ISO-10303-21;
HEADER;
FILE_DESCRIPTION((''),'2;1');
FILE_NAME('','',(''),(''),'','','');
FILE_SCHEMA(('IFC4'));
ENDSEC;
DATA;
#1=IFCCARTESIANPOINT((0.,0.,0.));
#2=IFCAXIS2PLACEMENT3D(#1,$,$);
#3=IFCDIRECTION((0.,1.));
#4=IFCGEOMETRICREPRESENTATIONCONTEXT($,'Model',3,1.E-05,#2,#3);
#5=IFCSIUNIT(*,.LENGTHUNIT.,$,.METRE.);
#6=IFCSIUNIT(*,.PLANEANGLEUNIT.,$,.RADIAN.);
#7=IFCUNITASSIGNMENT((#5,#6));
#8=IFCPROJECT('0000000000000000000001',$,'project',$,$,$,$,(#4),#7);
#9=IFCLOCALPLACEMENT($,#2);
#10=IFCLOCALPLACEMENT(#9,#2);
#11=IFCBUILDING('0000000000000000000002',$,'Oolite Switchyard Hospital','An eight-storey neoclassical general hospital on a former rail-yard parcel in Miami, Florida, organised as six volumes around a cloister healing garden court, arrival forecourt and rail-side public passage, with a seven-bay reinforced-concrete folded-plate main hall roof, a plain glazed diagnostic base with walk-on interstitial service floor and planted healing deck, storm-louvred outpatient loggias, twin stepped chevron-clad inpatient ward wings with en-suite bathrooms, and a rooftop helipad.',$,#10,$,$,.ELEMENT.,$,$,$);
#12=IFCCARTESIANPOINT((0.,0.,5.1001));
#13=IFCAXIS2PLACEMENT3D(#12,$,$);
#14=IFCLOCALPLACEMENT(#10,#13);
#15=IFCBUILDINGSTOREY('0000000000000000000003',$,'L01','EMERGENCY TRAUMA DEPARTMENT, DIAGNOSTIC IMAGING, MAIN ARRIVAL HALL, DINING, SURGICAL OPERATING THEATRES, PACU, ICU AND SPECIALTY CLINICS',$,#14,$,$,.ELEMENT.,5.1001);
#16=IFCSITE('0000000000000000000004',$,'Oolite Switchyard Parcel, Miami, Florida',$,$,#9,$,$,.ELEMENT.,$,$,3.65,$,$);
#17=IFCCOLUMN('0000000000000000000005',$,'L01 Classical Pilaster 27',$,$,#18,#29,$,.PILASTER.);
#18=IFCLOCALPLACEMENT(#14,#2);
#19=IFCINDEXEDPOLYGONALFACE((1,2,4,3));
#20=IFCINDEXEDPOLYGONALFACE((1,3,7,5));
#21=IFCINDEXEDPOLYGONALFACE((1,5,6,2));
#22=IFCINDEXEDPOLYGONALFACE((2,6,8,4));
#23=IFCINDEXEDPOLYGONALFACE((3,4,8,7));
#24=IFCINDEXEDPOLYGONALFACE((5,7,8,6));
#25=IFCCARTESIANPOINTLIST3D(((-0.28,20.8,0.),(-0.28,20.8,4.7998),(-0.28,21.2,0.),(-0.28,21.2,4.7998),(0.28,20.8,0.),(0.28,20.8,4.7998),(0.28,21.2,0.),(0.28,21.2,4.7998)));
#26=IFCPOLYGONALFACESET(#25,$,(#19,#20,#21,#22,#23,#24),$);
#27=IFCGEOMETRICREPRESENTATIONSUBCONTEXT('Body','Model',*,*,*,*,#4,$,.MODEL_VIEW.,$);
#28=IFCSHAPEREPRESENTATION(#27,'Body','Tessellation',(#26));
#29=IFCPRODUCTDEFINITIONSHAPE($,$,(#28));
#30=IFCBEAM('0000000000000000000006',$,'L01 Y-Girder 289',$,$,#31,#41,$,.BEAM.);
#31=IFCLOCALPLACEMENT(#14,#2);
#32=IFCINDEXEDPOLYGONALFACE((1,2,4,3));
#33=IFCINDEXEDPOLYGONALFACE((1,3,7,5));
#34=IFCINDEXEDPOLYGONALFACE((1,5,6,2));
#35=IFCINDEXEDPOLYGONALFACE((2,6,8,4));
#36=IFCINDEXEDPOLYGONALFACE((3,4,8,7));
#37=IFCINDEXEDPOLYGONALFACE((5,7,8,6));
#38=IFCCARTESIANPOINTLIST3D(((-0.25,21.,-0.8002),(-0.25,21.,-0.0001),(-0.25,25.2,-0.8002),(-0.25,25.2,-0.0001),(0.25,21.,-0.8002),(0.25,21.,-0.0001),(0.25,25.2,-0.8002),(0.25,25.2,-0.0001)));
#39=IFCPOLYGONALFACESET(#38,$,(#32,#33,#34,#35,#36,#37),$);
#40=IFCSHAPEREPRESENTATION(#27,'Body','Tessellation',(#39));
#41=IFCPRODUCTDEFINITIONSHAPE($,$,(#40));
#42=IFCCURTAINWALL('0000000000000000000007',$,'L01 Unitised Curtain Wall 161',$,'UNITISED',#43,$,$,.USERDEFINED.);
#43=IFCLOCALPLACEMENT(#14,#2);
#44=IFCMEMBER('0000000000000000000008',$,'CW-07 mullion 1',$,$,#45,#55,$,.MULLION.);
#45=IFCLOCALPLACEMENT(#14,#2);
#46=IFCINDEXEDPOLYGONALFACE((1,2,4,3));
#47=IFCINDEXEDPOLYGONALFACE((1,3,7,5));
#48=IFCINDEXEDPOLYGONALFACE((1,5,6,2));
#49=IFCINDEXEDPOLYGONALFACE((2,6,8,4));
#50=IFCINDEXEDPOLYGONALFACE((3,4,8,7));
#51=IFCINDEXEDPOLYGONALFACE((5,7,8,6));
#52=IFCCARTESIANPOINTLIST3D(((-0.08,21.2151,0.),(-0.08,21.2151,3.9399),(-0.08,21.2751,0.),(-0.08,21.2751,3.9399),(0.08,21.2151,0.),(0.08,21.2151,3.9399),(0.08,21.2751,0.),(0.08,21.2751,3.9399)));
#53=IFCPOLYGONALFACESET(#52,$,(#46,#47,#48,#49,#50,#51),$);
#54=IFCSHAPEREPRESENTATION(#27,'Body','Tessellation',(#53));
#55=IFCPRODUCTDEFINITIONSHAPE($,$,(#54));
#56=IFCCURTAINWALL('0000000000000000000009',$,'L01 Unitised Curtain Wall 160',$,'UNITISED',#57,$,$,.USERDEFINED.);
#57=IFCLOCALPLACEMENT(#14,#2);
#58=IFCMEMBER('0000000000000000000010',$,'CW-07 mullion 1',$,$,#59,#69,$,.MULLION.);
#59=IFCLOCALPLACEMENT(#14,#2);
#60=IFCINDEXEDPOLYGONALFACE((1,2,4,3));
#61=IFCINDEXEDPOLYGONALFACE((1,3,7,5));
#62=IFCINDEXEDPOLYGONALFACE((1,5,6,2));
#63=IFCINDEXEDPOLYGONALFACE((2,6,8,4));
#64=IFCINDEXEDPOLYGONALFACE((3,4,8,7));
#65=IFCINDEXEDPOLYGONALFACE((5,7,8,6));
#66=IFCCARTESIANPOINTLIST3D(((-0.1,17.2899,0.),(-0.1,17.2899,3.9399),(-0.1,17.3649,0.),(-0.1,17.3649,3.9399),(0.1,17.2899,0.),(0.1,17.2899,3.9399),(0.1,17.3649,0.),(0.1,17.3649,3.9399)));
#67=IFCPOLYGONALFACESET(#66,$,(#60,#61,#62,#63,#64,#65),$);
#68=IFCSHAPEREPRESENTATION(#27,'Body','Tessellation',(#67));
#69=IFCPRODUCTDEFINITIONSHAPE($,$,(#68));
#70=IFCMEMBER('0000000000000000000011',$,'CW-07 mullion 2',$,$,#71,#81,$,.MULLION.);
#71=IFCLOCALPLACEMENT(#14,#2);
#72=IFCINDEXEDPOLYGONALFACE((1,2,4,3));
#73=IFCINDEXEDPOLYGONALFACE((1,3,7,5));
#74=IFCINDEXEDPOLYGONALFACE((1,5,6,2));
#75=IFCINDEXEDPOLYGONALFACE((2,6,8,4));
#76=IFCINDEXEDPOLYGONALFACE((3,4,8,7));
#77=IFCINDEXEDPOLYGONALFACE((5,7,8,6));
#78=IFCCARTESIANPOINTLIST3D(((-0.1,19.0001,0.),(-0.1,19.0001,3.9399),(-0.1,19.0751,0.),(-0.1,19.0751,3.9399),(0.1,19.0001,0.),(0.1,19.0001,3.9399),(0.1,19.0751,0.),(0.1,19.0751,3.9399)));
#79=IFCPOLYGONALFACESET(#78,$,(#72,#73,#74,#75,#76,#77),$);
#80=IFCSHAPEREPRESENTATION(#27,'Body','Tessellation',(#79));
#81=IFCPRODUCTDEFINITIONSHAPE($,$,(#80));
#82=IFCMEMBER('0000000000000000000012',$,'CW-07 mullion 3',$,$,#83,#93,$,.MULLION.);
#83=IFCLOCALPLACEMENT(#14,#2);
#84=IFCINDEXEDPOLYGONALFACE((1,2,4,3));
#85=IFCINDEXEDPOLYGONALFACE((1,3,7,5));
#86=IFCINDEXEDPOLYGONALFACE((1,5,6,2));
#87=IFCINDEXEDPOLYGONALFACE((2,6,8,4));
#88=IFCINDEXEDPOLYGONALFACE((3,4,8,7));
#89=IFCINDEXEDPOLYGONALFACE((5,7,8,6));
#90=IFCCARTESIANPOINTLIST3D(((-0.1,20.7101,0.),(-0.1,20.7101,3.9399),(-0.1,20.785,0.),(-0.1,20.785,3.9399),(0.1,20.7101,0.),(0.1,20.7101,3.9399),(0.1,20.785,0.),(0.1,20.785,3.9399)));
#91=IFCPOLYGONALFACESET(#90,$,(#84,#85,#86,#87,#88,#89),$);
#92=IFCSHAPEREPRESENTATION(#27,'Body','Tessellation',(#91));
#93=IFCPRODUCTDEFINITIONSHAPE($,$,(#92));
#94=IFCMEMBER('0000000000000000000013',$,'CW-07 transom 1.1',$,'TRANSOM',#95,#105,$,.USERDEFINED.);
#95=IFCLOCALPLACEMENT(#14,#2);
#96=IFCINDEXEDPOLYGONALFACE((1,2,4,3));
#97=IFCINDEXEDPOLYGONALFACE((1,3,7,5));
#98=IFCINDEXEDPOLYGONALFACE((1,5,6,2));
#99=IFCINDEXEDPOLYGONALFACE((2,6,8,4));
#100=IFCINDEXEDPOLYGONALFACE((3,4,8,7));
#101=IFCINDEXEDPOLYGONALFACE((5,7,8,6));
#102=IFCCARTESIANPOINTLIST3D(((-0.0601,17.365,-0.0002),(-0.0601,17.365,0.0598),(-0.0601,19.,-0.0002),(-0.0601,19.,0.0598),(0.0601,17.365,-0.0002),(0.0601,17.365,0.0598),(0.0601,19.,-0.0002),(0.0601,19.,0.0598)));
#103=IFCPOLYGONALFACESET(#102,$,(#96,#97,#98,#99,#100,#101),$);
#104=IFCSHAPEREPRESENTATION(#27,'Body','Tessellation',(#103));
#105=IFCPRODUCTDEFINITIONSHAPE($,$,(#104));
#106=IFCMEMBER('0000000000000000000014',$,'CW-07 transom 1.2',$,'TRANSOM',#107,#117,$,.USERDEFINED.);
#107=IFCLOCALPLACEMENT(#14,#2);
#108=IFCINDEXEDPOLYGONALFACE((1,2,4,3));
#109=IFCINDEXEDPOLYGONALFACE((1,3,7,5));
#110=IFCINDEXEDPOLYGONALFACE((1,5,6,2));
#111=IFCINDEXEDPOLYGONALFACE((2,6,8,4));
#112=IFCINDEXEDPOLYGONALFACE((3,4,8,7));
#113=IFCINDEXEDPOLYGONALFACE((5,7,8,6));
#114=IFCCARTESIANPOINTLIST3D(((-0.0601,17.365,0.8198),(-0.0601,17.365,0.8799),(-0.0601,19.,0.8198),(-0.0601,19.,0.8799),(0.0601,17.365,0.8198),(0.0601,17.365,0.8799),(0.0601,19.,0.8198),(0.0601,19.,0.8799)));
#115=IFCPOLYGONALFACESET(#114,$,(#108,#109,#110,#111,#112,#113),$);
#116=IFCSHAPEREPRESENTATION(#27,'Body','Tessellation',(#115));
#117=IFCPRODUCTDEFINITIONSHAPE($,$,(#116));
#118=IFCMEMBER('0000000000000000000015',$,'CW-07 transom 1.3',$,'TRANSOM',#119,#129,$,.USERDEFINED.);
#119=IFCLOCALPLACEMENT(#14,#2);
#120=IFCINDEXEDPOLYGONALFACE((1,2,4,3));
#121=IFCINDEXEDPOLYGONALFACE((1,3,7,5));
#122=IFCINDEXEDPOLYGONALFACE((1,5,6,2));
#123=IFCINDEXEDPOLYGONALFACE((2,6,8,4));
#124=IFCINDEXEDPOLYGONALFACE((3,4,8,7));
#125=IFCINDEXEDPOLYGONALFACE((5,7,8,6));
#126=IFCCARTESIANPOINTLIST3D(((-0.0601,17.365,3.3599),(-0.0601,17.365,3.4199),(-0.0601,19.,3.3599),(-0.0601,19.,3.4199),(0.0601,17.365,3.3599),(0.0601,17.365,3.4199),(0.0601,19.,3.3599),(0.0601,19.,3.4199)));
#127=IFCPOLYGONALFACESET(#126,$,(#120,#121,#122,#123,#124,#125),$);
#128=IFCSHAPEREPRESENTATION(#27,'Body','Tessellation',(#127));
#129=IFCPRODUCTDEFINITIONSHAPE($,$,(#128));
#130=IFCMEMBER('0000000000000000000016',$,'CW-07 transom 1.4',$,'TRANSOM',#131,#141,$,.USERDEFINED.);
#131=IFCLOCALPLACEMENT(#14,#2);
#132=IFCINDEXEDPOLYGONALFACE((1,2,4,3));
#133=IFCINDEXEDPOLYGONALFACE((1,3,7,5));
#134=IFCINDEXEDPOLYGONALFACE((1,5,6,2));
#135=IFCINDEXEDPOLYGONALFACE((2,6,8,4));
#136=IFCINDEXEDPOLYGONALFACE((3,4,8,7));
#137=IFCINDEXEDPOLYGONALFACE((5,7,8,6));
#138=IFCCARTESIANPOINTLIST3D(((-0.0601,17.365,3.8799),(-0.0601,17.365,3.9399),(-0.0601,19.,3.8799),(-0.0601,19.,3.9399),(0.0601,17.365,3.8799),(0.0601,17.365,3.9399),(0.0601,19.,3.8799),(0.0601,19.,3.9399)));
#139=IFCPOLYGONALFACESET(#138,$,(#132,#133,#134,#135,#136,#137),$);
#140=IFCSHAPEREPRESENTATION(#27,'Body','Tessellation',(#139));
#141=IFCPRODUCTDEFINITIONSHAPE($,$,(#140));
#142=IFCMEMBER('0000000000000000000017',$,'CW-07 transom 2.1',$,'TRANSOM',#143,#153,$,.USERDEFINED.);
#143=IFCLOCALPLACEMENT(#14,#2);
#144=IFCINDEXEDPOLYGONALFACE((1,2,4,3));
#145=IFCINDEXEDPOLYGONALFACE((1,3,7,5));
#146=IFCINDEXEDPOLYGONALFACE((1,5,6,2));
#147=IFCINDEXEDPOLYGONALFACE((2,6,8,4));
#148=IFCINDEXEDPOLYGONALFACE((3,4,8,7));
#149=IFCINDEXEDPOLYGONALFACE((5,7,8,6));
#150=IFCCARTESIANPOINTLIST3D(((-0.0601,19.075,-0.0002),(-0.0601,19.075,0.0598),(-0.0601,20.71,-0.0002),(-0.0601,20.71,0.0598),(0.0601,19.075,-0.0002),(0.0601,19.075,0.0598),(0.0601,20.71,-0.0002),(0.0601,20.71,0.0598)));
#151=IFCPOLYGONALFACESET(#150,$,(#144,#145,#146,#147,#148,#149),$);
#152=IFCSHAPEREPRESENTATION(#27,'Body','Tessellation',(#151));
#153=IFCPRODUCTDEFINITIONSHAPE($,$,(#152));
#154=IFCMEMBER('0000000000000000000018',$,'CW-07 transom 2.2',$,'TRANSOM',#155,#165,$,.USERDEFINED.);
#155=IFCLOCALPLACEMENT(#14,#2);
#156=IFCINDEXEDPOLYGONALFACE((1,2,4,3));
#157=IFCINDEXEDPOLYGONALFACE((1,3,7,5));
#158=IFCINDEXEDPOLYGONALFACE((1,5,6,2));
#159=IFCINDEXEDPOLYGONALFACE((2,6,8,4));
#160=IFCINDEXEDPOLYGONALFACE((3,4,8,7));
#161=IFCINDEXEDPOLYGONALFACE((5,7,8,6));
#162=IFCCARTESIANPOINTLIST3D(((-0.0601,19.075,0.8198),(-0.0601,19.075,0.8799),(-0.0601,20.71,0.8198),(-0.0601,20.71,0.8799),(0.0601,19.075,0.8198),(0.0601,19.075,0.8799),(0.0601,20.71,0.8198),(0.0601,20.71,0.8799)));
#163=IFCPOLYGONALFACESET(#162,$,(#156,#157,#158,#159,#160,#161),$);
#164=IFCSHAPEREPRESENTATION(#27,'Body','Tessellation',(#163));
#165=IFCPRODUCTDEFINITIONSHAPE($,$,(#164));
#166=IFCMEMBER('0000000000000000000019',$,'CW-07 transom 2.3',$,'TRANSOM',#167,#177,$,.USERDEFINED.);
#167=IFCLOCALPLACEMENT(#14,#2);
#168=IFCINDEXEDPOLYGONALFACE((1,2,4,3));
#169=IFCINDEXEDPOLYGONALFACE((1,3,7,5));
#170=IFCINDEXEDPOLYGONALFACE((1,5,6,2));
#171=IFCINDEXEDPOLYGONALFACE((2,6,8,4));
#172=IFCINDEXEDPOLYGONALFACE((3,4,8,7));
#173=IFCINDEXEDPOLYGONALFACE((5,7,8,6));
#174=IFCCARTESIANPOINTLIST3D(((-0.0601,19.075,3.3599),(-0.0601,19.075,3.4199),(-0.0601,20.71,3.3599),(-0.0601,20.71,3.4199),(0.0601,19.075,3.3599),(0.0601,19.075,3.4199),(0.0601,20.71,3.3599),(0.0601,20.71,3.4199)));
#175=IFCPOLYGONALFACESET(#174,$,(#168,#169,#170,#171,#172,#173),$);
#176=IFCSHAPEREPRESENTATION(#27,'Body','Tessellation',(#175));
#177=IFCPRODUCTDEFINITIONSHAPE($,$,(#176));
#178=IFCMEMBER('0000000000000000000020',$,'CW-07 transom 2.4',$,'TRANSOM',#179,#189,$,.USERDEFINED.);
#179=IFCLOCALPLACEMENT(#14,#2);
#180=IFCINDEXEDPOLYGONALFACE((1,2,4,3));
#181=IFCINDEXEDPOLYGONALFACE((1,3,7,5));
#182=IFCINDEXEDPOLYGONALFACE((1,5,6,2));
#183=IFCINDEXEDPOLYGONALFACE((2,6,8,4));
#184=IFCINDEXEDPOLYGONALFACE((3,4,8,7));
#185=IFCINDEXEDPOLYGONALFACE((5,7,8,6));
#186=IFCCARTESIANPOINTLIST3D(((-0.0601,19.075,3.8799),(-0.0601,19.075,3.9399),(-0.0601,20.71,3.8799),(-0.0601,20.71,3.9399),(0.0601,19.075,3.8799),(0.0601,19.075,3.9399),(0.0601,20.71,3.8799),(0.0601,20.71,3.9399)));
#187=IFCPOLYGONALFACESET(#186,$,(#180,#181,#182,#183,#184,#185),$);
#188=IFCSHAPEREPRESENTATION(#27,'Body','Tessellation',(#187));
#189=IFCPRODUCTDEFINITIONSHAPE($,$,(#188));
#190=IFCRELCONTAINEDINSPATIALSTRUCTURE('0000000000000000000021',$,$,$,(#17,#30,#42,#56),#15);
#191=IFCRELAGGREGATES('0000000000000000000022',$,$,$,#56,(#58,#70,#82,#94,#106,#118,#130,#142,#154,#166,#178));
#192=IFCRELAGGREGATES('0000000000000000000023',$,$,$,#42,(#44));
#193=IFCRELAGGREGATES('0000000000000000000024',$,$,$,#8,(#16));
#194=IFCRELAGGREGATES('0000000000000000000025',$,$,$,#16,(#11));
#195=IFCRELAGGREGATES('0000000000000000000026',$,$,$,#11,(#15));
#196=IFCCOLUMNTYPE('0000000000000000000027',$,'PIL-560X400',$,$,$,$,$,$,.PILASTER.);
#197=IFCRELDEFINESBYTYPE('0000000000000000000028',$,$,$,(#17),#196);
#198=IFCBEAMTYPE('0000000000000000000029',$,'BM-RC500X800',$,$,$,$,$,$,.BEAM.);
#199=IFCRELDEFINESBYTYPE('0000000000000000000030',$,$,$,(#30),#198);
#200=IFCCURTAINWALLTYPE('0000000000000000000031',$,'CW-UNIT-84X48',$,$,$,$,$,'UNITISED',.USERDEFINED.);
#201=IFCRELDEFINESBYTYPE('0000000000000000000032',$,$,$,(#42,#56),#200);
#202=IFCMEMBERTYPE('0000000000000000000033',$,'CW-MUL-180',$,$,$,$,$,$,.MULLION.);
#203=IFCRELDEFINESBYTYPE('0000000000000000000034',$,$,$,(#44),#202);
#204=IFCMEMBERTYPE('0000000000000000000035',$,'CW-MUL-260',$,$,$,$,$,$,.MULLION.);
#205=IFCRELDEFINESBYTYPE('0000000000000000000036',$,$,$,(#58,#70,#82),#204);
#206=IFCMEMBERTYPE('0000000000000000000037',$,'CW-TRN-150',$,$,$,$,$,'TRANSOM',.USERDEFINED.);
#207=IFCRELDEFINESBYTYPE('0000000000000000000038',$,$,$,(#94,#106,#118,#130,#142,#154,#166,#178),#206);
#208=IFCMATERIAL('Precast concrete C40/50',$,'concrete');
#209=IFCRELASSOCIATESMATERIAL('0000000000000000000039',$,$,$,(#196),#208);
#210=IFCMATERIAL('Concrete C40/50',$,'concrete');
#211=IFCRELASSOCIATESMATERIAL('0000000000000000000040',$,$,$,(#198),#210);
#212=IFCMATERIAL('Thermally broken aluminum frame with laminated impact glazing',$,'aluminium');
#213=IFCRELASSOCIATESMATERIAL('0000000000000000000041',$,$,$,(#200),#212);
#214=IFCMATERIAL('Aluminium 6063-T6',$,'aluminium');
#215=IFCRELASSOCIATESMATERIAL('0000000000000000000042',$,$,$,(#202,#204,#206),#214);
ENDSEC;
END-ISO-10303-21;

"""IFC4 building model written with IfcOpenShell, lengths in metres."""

from ifc_helpers import new_model, si_unit, direction, frame, origin, origin_2d, place, context, subcontext, project, spatial, rectangle, extrude, material, material_profile, profile_set, type_object, element, aggregate, save


model = new_model("IFC4")

# Units and contexts
model_context = context("Model", 3, precision=1e-05, world=origin(), true_north=direction((0.0, 1.0)))
body_context = subcontext(model_context, "Body", "Model", "MODEL_VIEW")
ifc_project = project(units=[si_unit("LENGTHUNIT", "METRE"), si_unit("PLANEANGLEUNIT", "RADIAN")], contexts=[model_context])

# Site, building, storey
site_placement = place(None, origin())
site = spatial("IfcSite", under=ifc_project, at=site_placement, Name="Oolite Switchyard Parcel, Miami, Florida", CompositionType="ELEMENT", RefElevation=3.65)
building_placement = place(site_placement, origin())
building = spatial("IfcBuilding", under=site, at=building_placement, Name="Oolite Switchyard Hospital", Description="An eight-storey neoclassical general hospital on a former rail-yard parcel in Miami, Florida, organised as six volumes around a cloister healing garden court, arrival forecourt and rail-side public passage, with a seven-bay reinforced-concrete folded-plate main hall roof, a plain glazed diagnostic base with walk-on interstitial service floor and planted healing deck, storm-louvred outpatient loggias, twin stepped chevron-clad inpatient ward wings with en-suite bathrooms, and a rooftop helipad.", CompositionType="ELEMENT")
storey_placement = place(building_placement, frame((0.0, 0.0, 5.1001)))
storey = spatial("IfcBuildingStorey", under=building, at=storey_placement, Name="L01", Description="EMERGENCY TRAUMA DEPARTMENT, DIAGNOSTIC IMAGING, MAIN ARRIVAL HALL, DINING, SURGICAL OPERATING THEATRES, PACU, ICU AND SPECIALTY CLINICS", CompositionType="ELEMENT", Elevation=5.1001)

# Column
ifc_material_1 = material(Name="Precast concrete C40/50", Category="concrete")
ifc_material_profile_1 = material_profile(ifc_material_1, rectangle(XDim=0.5601, YDim=0.3999, at=origin_2d()), Name="PIL560X400")
ifc_profile_set_1 = profile_set([ifc_material_profile_1], Name="Precast concrete C40/50")
column_type = type_object("IfcColumnType", Name="PIL-560X400", PredefinedType="PILASTER", material=ifc_profile_set_1)
column_placement = place(storey_placement, frame((0.0, 21.0, 0.0), z_axis=(0.0, 0.0, 1.0), x_axis=(1.0, 0.0, 0.0)))
element("IfcColumn", 1, at=column_placement, inside=storey, type_object=column_type, Name="L01 Classical Pilaster 27", PredefinedType="PILASTER", context=body_context, shape_type="SweptSolid", body=[
    extrude(rectangle(XDim=0.5601, YDim=0.3999, at=origin_2d()), origin(), (0.0, 0.0, 1.0), 4.7998),
])

# Beam
ifc_material_2 = material(Name="Concrete C40/50", Category="concrete")
ifc_material_profile_2 = material_profile(ifc_material_2, rectangle(XDim=0.5, YDim=0.8, at=origin_2d()), Name="RCB500X800")
ifc_profile_set_2 = profile_set([ifc_material_profile_2], Name="Concrete C40/50")
beam_type = type_object("IfcBeamType", Name="BM-RC500X800", PredefinedType="BEAM", material=ifc_profile_set_2)
beam_placement = place(storey_placement, frame((0.0, 21.0, -0.4001), z_axis=(0.0, 1.0, 0.0), x_axis=(-1.0, 0.0, 0.0)))
element("IfcBeam", 2, at=beam_placement, inside=storey, type_object=beam_type, Name="L01 Y-Girder 289", PredefinedType="BEAM", context=body_context, shape_type="SweptSolid", body=[
    extrude(rectangle(XDim=0.5, YDim=0.8, at=origin_2d()), origin(), (0.0, 0.0, 1.0), 4.2),
])

# Curtain wall, member
ifc_material_3 = material(Name="Thermally broken aluminum frame with laminated impact glazing", Category="aluminium")
curtain_wall_type = type_object("IfcCurtainWallType", Name="CW-UNIT-84X48", ElementType="UNITISED", PredefinedType="USERDEFINED", material=ifc_material_3)
curtain_wall_1_placement = place(storey_placement, origin())
curtain_wall_1 = element("IfcCurtainWall", 3, at=curtain_wall_1_placement, inside=storey, type_object=curtain_wall_type, Name="L01 Unitised Curtain Wall 161", ObjectType="UNITISED", PredefinedType="USERDEFINED")
ifc_material_4 = material(Name="Aluminium 6063-T6", Category="aluminium")
ifc_material_profile_3 = material_profile(ifc_material_4, rectangle(XDim=0.1599, YDim=0.0601, at=origin_2d()), Name="CWM60X160")
ifc_profile_set_3 = profile_set([ifc_material_profile_3], Name="Aluminium 6063-T6")
member_type_1 = type_object("IfcMemberType", Name="CW-MUL-180", PredefinedType="MULLION", material=ifc_profile_set_3)
member_1_placement = place(storey_placement, frame((0.0, 21.2451, 0.0), z_axis=(0.0, 0.0, 1.0), x_axis=(-1.0, 0.0, 0.0)))
member_1 = element("IfcMember", 4, at=member_1_placement, type_object=member_type_1, Name="CW-07 mullion 1", PredefinedType="MULLION", context=body_context, shape_type="SweptSolid", body=[
    extrude(rectangle(XDim=0.1599, YDim=0.0601, at=origin_2d()), origin(), (0.0, 0.0, 1.0), 3.9399),
])

# Curtain wall, members
curtain_wall_2_placement = place(storey_placement, origin())
curtain_wall_2 = element("IfcCurtainWall", 5, at=curtain_wall_2_placement, inside=storey, type_object=curtain_wall_type, Name="L01 Unitised Curtain Wall 160", ObjectType="UNITISED", PredefinedType="USERDEFINED")
ifc_material_profile_4 = material_profile(ifc_material_4, rectangle(XDim=0.2, YDim=0.075, at=origin_2d()), Name="CWM75X200")
ifc_profile_set_4 = profile_set([ifc_material_profile_4], Name="Aluminium 6063-T6")
member_type_2 = type_object("IfcMemberType", Name="CW-MUL-260", PredefinedType="MULLION", material=ifc_profile_set_4)
member_2_placement = place(storey_placement, frame((0.0, 17.3274, 0.0), z_axis=(0.0, 0.0, 1.0), x_axis=(-1.0, 0.0, 0.0)))
member_2 = element("IfcMember", 6, at=member_2_placement, type_object=member_type_2, Name="CW-07 mullion 1", PredefinedType="MULLION", context=body_context, shape_type="SweptSolid", body=[
    extrude(rectangle(XDim=0.2, YDim=0.075, at=origin_2d()), origin(), (0.0, 0.0, 1.0), 3.9399),
])
member_3_placement = place(storey_placement, frame((0.0, 19.0376, 0.0), z_axis=(0.0, 0.0, 1.0), x_axis=(-1.0, 0.0, 0.0)))
member_3 = element("IfcMember", 7, at=member_3_placement, type_object=member_type_2, Name="CW-07 mullion 2", PredefinedType="MULLION", context=body_context, shape_type="SweptSolid", body=[
    extrude(rectangle(XDim=0.2, YDim=0.075, at=origin_2d()), origin(), (0.0, 0.0, 1.0), 3.9399),
])
member_4_placement = place(storey_placement, frame((0.0, 20.7476, 0.0), z_axis=(0.0, 0.0, 1.0), x_axis=(-1.0, 0.0, 0.0)))
member_4 = element("IfcMember", 8, at=member_4_placement, type_object=member_type_2, Name="CW-07 mullion 3", PredefinedType="MULLION", context=body_context, shape_type="SweptSolid", body=[
    extrude(rectangle(XDim=0.2, YDim=0.075, at=origin_2d()), origin(), (0.0, 0.0, 1.0), 3.9399),
])
ifc_material_profile_5 = material_profile(ifc_material_4, rectangle(XDim=0.1201, YDim=0.0601, at=origin_2d()), Name="CWT60X120")
ifc_profile_set_5 = profile_set([ifc_material_profile_5], Name="Aluminium 6063-T6")
member_type_3 = type_object("IfcMemberType", Name="CW-TRN-150", ElementType="TRANSOM", PredefinedType="USERDEFINED", material=ifc_profile_set_5)
member_5_placement = place(storey_placement, frame((0.0, 17.365, 0.0298), z_axis=(0.0, 1.0, 0.0), x_axis=(-1.0, 0.0, 0.0)))
member_5 = element("IfcMember", 9, at=member_5_placement, type_object=member_type_3, Name="CW-07 transom 1.1", ObjectType="TRANSOM", PredefinedType="USERDEFINED", context=body_context, shape_type="SweptSolid", body=[
    extrude(rectangle(XDim=0.1201, YDim=0.0601, at=origin_2d()), origin(), (0.0, 0.0, 1.0), 1.635),
])
member_6_placement = place(storey_placement, frame((0.0, 17.365, 0.8499), z_axis=(0.0, 1.0, 0.0), x_axis=(-1.0, 0.0, 0.0)))
member_6 = element("IfcMember", 10, at=member_6_placement, type_object=member_type_3, Name="CW-07 transom 1.2", ObjectType="TRANSOM", PredefinedType="USERDEFINED", context=body_context, shape_type="SweptSolid", body=[
    extrude(rectangle(XDim=0.1201, YDim=0.0601, at=origin_2d()), origin(), (0.0, 0.0, 1.0), 1.635),
])
member_7_placement = place(storey_placement, frame((0.0, 17.365, 3.3899), z_axis=(0.0, 1.0, 0.0), x_axis=(-1.0, 0.0, 0.0)))
member_7 = element("IfcMember", 11, at=member_7_placement, type_object=member_type_3, Name="CW-07 transom 1.3", ObjectType="TRANSOM", PredefinedType="USERDEFINED", context=body_context, shape_type="SweptSolid", body=[
    extrude(rectangle(XDim=0.1201, YDim=0.0601, at=origin_2d()), origin(), (0.0, 0.0, 1.0), 1.635),
])
member_8_placement = place(storey_placement, frame((0.0, 17.365, 3.9099), z_axis=(0.0, 1.0, 0.0), x_axis=(-1.0, 0.0, 0.0)))
member_8 = element("IfcMember", 12, at=member_8_placement, type_object=member_type_3, Name="CW-07 transom 1.4", ObjectType="TRANSOM", PredefinedType="USERDEFINED", context=body_context, shape_type="SweptSolid", body=[
    extrude(rectangle(XDim=0.1201, YDim=0.0601, at=origin_2d()), origin(), (0.0, 0.0, 1.0), 1.635),
])
member_9_placement = place(storey_placement, frame((0.0, 19.075, 0.0298), z_axis=(0.0, 1.0, 0.0), x_axis=(-1.0, 0.0, 0.0)))
member_9 = element("IfcMember", 13, at=member_9_placement, type_object=member_type_3, Name="CW-07 transom 2.1", ObjectType="TRANSOM", PredefinedType="USERDEFINED", context=body_context, shape_type="SweptSolid", body=[
    extrude(rectangle(XDim=0.1201, YDim=0.0601, at=origin_2d()), origin(), (0.0, 0.0, 1.0), 1.635),
])
member_10_placement = place(storey_placement, frame((0.0, 19.075, 0.8499), z_axis=(0.0, 1.0, 0.0), x_axis=(-1.0, 0.0, 0.0)))
member_10 = element("IfcMember", 14, at=member_10_placement, type_object=member_type_3, Name="CW-07 transom 2.2", ObjectType="TRANSOM", PredefinedType="USERDEFINED", context=body_context, shape_type="SweptSolid", body=[
    extrude(rectangle(XDim=0.1201, YDim=0.0601, at=origin_2d()), origin(), (0.0, 0.0, 1.0), 1.635),
])
member_11_placement = place(storey_placement, frame((0.0, 19.075, 3.3899), z_axis=(0.0, 1.0, 0.0), x_axis=(-1.0, 0.0, 0.0)))
member_11 = element("IfcMember", 15, at=member_11_placement, type_object=member_type_3, Name="CW-07 transom 2.3", ObjectType="TRANSOM", PredefinedType="USERDEFINED", context=body_context, shape_type="SweptSolid", body=[
    extrude(rectangle(XDim=0.1201, YDim=0.0601, at=origin_2d()), origin(), (0.0, 0.0, 1.0), 1.635),
])
member_12_placement = place(storey_placement, frame((0.0, 19.075, 3.9099), z_axis=(0.0, 1.0, 0.0), x_axis=(-1.0, 0.0, 0.0)))
member_12 = element("IfcMember", 16, at=member_12_placement, type_object=member_type_3, Name="CW-07 transom 2.4", ObjectType="TRANSOM", PredefinedType="USERDEFINED", context=body_context, shape_type="SweptSolid", body=[
    extrude(rectangle(XDim=0.1201, YDim=0.0601, at=origin_2d()), origin(), (0.0, 0.0, 1.0), 1.635),
])

aggregate(curtain_wall_2, [member_2, member_3, member_4, member_5, member_6, member_7, member_8, member_9, member_10, member_11, member_12])
aggregate(curtain_wall_1, [member_1])

save(model, "model.ifc")
